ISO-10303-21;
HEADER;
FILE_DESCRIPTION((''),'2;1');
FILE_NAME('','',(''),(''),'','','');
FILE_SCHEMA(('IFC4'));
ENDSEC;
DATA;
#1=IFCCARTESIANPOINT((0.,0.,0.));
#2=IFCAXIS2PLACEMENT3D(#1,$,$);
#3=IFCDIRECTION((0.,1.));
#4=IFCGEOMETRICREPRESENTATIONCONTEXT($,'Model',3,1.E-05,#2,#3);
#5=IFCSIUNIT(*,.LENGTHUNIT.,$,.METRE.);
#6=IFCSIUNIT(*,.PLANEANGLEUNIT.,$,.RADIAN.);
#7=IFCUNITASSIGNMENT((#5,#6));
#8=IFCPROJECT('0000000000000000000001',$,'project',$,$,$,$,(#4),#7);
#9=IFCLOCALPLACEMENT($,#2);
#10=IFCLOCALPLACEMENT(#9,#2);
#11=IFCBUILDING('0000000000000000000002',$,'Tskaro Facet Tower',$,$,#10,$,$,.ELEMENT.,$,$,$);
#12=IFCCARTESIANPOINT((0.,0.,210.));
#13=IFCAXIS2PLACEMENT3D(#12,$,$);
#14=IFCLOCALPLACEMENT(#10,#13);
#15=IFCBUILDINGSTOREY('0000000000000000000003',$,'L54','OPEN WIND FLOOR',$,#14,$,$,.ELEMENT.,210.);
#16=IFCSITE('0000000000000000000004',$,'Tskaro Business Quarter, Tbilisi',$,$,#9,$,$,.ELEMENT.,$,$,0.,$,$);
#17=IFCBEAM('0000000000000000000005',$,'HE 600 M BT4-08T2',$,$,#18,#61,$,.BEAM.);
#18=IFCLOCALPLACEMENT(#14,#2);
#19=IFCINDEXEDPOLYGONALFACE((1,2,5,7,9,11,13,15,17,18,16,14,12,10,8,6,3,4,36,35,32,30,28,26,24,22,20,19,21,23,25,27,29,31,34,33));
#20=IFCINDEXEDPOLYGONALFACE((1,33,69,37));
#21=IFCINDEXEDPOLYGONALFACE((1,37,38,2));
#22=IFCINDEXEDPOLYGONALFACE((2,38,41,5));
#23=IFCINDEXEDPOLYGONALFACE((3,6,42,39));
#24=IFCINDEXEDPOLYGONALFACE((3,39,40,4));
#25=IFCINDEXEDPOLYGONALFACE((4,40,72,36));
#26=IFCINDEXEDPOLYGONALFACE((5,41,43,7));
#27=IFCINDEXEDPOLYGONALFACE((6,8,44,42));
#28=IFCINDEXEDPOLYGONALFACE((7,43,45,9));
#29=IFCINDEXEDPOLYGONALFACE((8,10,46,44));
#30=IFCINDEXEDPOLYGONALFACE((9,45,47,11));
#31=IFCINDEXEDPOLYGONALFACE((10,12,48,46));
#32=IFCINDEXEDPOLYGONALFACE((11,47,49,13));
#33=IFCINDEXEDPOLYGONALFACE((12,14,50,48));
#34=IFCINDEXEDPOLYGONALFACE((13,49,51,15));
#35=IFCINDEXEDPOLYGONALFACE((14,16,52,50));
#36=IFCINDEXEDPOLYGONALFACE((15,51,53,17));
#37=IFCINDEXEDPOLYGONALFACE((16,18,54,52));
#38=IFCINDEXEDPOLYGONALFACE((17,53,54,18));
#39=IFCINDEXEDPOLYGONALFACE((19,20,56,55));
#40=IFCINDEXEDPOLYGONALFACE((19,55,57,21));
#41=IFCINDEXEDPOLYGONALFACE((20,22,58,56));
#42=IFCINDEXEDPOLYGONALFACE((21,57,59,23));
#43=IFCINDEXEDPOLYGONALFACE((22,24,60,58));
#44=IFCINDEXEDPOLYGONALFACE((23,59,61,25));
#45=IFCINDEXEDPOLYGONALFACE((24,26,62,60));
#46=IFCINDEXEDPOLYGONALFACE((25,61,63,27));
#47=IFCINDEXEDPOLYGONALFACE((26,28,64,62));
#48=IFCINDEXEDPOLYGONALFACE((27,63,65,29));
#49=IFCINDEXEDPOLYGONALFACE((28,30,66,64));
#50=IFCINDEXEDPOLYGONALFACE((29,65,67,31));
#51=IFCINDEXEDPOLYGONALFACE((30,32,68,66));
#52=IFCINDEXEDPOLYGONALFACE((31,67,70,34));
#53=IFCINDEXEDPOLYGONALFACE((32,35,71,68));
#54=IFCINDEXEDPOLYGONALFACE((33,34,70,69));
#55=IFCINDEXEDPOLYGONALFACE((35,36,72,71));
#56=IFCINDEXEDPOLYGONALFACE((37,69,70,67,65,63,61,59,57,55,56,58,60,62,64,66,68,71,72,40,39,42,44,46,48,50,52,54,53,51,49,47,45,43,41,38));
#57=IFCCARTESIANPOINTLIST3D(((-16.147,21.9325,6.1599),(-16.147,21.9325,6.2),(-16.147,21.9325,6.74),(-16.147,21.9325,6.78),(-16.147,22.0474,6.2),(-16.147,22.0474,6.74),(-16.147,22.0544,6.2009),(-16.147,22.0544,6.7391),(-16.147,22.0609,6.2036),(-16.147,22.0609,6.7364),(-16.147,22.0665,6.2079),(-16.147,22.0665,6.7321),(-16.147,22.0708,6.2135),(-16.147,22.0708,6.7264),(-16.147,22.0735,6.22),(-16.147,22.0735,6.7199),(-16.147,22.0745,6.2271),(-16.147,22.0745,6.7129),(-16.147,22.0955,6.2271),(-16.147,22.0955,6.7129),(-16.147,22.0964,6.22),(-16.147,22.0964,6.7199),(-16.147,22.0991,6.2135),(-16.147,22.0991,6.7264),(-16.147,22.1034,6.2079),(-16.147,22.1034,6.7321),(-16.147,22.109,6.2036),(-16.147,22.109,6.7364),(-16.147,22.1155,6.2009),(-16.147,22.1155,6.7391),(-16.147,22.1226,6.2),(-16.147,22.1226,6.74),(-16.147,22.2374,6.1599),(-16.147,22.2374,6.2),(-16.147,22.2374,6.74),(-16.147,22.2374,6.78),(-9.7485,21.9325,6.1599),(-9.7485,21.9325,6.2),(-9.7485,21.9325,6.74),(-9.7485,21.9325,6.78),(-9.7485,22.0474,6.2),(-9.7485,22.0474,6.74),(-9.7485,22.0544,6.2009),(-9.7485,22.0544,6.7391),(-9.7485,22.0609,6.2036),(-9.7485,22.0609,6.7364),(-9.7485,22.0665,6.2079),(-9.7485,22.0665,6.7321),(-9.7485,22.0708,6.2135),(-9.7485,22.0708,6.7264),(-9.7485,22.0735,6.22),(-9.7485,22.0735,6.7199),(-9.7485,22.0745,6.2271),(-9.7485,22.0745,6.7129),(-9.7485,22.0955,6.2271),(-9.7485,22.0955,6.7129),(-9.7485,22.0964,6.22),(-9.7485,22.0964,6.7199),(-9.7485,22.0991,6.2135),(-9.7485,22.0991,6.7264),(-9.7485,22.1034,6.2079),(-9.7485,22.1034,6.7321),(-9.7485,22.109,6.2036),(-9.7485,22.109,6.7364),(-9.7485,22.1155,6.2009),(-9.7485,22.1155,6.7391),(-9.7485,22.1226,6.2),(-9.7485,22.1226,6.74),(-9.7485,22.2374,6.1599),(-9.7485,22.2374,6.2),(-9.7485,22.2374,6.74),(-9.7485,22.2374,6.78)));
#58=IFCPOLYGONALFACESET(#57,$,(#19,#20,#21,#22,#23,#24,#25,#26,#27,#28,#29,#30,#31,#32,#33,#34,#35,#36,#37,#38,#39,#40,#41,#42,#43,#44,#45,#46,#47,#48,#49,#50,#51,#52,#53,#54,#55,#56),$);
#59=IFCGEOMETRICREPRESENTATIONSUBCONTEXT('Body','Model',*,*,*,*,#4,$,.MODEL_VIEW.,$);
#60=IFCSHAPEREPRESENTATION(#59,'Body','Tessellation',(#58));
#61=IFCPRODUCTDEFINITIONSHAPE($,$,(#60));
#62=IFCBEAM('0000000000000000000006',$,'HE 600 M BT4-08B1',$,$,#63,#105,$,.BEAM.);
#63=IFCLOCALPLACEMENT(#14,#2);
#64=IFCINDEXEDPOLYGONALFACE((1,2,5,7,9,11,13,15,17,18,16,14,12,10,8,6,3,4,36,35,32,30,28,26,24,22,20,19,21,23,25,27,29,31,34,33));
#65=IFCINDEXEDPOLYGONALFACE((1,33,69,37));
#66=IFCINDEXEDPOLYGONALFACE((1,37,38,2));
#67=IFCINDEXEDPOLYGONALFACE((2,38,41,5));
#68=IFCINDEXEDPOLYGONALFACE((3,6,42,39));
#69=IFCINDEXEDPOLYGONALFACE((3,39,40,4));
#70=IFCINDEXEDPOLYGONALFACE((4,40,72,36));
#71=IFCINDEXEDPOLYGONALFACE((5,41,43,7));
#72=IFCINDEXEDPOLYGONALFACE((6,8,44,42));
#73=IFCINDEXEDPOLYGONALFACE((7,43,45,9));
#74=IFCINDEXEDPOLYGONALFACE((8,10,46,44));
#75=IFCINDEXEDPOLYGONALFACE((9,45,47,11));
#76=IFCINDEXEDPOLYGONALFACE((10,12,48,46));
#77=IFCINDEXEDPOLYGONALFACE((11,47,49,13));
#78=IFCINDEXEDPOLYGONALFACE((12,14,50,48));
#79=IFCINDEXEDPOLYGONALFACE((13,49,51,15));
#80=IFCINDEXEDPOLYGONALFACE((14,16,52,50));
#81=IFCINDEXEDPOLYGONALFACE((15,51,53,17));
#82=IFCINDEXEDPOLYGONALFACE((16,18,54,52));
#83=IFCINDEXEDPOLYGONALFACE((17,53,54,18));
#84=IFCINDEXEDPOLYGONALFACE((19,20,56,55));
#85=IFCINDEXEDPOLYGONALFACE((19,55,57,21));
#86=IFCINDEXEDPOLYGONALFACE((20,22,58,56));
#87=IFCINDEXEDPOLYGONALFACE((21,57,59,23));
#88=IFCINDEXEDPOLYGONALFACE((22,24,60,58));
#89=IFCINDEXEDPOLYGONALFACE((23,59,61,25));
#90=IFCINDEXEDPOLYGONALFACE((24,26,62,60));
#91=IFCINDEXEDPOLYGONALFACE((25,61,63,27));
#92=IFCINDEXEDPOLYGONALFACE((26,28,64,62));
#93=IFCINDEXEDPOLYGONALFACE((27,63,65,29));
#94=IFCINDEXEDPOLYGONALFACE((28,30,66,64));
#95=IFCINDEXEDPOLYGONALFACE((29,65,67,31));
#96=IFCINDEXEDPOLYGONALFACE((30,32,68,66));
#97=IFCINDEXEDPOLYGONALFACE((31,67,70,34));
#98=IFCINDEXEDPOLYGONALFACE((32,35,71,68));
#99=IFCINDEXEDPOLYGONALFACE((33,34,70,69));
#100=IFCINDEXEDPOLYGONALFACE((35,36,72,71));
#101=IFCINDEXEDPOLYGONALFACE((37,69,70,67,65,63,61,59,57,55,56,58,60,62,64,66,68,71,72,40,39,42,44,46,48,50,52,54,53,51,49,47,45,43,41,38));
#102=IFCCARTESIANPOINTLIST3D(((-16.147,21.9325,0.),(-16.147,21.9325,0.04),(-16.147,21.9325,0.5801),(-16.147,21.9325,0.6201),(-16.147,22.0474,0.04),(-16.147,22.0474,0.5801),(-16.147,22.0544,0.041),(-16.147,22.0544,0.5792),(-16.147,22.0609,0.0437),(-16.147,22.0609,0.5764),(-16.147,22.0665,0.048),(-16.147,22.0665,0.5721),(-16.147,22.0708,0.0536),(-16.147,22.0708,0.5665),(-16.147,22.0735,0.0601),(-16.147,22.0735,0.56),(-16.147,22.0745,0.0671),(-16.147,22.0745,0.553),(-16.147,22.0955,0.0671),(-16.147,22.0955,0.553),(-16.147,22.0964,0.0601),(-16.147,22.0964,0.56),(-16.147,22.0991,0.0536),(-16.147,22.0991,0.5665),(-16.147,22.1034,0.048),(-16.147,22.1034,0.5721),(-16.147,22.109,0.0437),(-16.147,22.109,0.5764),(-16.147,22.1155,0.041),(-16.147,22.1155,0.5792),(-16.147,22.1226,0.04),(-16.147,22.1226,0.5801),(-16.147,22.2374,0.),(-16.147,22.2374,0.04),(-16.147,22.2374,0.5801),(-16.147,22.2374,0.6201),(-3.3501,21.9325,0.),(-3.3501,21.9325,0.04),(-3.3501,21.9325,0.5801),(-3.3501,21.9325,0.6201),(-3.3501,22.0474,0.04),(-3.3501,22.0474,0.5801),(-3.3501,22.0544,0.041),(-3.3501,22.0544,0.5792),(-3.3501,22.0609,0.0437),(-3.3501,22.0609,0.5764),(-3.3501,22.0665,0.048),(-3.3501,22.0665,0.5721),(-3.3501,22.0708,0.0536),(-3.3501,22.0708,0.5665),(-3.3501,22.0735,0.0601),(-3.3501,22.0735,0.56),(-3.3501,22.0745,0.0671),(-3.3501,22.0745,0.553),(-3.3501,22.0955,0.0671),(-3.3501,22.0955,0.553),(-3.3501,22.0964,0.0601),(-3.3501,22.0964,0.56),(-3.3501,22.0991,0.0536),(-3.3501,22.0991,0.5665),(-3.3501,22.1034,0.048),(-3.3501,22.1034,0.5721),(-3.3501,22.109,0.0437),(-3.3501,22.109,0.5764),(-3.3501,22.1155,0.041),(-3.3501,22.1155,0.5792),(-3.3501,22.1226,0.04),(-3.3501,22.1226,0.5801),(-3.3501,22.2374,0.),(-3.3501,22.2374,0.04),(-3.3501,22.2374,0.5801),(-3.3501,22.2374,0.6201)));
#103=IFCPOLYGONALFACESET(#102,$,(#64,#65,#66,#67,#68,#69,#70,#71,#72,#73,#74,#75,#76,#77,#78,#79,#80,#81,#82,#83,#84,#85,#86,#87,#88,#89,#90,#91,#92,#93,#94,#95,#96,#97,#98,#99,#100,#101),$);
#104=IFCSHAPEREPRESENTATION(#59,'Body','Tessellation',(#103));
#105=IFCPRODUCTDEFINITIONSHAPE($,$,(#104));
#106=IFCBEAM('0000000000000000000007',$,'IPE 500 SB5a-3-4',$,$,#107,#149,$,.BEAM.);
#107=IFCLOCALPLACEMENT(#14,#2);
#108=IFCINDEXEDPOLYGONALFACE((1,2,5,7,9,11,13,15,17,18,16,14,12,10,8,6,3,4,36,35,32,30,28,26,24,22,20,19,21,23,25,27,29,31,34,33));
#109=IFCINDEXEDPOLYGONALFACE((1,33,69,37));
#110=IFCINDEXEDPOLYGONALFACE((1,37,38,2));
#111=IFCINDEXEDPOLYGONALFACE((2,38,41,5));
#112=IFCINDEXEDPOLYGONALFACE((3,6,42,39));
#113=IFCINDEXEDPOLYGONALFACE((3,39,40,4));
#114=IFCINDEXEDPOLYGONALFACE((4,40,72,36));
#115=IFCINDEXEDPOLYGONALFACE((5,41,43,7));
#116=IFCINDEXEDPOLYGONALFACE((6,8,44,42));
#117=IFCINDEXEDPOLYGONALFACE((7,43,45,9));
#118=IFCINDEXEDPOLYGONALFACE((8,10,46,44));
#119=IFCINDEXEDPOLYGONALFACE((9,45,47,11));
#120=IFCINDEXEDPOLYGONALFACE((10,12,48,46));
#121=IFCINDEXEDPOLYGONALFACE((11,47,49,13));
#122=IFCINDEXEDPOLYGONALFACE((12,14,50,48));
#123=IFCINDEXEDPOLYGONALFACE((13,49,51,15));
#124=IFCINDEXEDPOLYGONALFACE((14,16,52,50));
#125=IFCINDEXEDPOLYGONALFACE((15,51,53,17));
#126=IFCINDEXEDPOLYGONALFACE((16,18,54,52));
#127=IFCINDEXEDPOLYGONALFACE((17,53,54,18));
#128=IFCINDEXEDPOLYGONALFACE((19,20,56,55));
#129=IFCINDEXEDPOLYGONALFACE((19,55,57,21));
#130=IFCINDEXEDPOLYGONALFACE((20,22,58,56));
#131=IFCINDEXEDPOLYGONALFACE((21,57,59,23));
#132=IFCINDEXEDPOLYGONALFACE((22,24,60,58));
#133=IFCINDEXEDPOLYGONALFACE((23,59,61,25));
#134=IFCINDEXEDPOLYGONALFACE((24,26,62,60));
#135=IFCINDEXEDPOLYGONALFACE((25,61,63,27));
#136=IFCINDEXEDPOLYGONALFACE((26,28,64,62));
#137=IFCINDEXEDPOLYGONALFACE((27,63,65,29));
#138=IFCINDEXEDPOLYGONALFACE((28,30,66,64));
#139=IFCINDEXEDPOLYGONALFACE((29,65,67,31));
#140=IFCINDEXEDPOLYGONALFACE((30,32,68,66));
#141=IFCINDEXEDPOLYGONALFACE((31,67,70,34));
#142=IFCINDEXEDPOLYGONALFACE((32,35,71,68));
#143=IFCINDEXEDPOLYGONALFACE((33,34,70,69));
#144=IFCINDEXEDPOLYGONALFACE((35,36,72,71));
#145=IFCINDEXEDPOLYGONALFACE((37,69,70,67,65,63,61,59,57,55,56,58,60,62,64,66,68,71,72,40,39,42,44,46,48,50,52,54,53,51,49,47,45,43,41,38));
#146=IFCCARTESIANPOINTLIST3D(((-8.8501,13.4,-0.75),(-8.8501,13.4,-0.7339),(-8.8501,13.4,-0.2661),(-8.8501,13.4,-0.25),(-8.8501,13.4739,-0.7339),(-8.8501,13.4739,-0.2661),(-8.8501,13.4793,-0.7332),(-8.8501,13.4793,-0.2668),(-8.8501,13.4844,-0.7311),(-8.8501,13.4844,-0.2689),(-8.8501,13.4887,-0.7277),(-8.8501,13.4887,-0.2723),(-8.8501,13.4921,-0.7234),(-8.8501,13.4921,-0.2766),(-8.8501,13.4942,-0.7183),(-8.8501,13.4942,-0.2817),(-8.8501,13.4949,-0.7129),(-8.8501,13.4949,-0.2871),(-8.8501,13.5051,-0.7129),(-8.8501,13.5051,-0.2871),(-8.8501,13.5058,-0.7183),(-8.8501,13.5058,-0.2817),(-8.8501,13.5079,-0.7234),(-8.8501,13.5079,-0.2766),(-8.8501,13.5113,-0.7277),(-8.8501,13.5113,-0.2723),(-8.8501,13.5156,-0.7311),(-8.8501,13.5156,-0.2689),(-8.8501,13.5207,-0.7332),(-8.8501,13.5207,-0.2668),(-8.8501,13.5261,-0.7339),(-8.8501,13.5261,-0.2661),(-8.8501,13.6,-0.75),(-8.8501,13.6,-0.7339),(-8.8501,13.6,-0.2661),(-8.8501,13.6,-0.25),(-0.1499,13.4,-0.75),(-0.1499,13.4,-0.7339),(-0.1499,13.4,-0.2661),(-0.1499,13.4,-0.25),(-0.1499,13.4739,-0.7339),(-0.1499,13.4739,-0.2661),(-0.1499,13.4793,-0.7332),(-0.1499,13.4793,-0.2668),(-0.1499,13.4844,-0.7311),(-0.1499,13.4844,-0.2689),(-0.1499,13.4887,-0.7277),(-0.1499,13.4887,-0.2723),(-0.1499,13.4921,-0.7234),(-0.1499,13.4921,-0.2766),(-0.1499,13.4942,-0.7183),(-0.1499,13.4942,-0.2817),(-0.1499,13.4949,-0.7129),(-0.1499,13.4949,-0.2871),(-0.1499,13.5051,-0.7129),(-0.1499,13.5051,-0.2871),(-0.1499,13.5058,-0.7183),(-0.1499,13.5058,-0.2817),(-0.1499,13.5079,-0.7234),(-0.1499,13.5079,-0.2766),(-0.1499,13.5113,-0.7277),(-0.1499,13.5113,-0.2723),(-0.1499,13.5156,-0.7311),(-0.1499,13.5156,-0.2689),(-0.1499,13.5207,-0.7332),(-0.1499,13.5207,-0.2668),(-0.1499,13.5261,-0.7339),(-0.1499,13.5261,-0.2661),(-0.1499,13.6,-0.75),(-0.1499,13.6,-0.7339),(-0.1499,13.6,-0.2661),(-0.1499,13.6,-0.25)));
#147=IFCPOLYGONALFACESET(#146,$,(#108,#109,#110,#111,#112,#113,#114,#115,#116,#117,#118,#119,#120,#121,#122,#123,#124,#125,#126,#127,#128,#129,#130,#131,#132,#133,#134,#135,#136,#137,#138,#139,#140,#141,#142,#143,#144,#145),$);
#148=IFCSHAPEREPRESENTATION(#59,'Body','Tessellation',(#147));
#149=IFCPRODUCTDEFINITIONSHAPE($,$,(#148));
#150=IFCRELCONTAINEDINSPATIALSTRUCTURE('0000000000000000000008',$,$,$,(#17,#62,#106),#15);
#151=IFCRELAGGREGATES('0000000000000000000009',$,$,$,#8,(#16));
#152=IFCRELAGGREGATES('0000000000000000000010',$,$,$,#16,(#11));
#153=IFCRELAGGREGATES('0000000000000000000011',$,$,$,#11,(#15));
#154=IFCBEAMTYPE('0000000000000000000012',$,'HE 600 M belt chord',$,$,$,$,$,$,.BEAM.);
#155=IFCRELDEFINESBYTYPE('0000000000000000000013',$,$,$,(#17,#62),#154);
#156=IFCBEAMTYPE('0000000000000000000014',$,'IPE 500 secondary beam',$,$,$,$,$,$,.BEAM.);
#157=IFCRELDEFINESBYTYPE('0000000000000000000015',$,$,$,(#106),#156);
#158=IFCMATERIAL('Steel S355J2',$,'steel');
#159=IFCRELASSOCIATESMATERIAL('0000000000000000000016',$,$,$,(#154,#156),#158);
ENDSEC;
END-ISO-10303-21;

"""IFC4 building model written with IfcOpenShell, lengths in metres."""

from ifc_helpers import new_model, si_unit, direction, frame, origin, origin_2d, place, context, subcontext, project, spatial, i_section, extrude, material, material_profile, profile_set, type_object, element, save


model = new_model("IFC4")

# Units and contexts
model_context = context("Model", 3, precision=1e-05, world=origin(), true_north=direction((0.0, 1.0)))
body_context = subcontext(model_context, "Body", "Model", "MODEL_VIEW")
ifc_project = project(units=[si_unit("LENGTHUNIT", "METRE"), si_unit("PLANEANGLEUNIT", "RADIAN")], contexts=[model_context])

# Site, building, storey
site_placement = place(None, origin())
site = spatial("IfcSite", under=ifc_project, at=site_placement, Name="Tskaro Business Quarter, Tbilisi", CompositionType="ELEMENT", RefElevation=0.0)
building_placement = place(site_placement, origin())
building = spatial("IfcBuilding", under=site, at=building_placement, Name="Tskaro Facet Tower", CompositionType="ELEMENT")
storey_placement = place(building_placement, frame((0.0, 0.0, 210.0)))
storey = spatial("IfcBuildingStorey", under=building, at=storey_placement, Name="L54", Description="OPEN WIND FLOOR", CompositionType="ELEMENT", Elevation=210.0)

# Shared definitions
ifc_material_1 = material(Name="Steel S355J2", Category="steel")

# Beams
ifc_material_profile_1 = material_profile(ifc_material_1, i_section(OverallWidth=0.3049, OverallDepth=0.6201, WebThickness=0.021, FlangeThickness=0.04, FilletRadius=0.0271, at=origin_2d()), Name="HE 600 M")
ifc_profile_set_1 = profile_set([ifc_material_profile_1], Name="Steel S355J2")
beam_type_1 = type_object("IfcBeamType", Name="HE 600 M belt chord", PredefinedType="BEAM", material=ifc_profile_set_1)
for number, where, z_axis, x_axis, name in (
    (1, (-9.7485, 22.085, 6.47), (-1.0, 0.0, 0.0), (0.0, -1.0, 0.0), "HE 600 M BT4-08T2"),
):
    element("IfcBeam", number, at=place(storey_placement, frame(where, z_axis=z_axis, x_axis=x_axis)), inside=storey, type_object=beam_type_1, Name=name, PredefinedType="BEAM", context=body_context, shape_type="SweptSolid", body=[
        extrude(i_section(OverallWidth=0.3049, OverallDepth=0.6201, WebThickness=0.021, FlangeThickness=0.04, FilletRadius=0.0271, at=origin_2d()), origin(), (0.0, 0.0, 1.0), 6.3984),
    ])
beam_1_placement = place(storey_placement, frame((-3.3501, 22.085, 0.3101), z_axis=(-1.0, 0.0, 0.0), x_axis=(0.0, -1.0, 0.0)))
element("IfcBeam", 2, at=beam_1_placement, inside=storey, type_object=beam_type_1, Name="HE 600 M BT4-08B1", PredefinedType="BEAM", context=body_context, shape_type="SweptSolid", body=[
    extrude(i_section(OverallWidth=0.3049, OverallDepth=0.6201, WebThickness=0.021, FlangeThickness=0.04, FilletRadius=0.0271, at=origin_2d()), origin(), (0.0, 0.0, 1.0), 12.7969),
])
ifc_material_profile_2 = material_profile(ifc_material_1, i_section(OverallWidth=0.2, OverallDepth=0.5, WebThickness=0.0103, FlangeThickness=0.0161, FilletRadius=0.021, at=origin_2d()), Name="IPE 500")
ifc_profile_set_2 = profile_set([ifc_material_profile_2], Name="Steel S355J2")
beam_type_2 = type_object("IfcBeamType", Name="IPE 500 secondary beam", PredefinedType="BEAM", material=ifc_profile_set_2)
beam_2_placement = place(storey_placement, frame((-8.8501, 13.5, -0.5), z_axis=(1.0, 0.0, 0.0), x_axis=(0.0, 1.0, 0.0)))
element("IfcBeam", 3, at=beam_2_placement, inside=storey, type_object=beam_type_2, Name="IPE 500 SB5a-3-4", PredefinedType="BEAM", context=body_context, shape_type="SweptSolid", body=[
    extrude(i_section(OverallWidth=0.2, OverallDepth=0.5, WebThickness=0.0103, FlangeThickness=0.0161, FilletRadius=0.021, at=origin_2d()), origin(), (0.0, 0.0, 1.0), 8.7002),
])

save(model, "model.ifc")
